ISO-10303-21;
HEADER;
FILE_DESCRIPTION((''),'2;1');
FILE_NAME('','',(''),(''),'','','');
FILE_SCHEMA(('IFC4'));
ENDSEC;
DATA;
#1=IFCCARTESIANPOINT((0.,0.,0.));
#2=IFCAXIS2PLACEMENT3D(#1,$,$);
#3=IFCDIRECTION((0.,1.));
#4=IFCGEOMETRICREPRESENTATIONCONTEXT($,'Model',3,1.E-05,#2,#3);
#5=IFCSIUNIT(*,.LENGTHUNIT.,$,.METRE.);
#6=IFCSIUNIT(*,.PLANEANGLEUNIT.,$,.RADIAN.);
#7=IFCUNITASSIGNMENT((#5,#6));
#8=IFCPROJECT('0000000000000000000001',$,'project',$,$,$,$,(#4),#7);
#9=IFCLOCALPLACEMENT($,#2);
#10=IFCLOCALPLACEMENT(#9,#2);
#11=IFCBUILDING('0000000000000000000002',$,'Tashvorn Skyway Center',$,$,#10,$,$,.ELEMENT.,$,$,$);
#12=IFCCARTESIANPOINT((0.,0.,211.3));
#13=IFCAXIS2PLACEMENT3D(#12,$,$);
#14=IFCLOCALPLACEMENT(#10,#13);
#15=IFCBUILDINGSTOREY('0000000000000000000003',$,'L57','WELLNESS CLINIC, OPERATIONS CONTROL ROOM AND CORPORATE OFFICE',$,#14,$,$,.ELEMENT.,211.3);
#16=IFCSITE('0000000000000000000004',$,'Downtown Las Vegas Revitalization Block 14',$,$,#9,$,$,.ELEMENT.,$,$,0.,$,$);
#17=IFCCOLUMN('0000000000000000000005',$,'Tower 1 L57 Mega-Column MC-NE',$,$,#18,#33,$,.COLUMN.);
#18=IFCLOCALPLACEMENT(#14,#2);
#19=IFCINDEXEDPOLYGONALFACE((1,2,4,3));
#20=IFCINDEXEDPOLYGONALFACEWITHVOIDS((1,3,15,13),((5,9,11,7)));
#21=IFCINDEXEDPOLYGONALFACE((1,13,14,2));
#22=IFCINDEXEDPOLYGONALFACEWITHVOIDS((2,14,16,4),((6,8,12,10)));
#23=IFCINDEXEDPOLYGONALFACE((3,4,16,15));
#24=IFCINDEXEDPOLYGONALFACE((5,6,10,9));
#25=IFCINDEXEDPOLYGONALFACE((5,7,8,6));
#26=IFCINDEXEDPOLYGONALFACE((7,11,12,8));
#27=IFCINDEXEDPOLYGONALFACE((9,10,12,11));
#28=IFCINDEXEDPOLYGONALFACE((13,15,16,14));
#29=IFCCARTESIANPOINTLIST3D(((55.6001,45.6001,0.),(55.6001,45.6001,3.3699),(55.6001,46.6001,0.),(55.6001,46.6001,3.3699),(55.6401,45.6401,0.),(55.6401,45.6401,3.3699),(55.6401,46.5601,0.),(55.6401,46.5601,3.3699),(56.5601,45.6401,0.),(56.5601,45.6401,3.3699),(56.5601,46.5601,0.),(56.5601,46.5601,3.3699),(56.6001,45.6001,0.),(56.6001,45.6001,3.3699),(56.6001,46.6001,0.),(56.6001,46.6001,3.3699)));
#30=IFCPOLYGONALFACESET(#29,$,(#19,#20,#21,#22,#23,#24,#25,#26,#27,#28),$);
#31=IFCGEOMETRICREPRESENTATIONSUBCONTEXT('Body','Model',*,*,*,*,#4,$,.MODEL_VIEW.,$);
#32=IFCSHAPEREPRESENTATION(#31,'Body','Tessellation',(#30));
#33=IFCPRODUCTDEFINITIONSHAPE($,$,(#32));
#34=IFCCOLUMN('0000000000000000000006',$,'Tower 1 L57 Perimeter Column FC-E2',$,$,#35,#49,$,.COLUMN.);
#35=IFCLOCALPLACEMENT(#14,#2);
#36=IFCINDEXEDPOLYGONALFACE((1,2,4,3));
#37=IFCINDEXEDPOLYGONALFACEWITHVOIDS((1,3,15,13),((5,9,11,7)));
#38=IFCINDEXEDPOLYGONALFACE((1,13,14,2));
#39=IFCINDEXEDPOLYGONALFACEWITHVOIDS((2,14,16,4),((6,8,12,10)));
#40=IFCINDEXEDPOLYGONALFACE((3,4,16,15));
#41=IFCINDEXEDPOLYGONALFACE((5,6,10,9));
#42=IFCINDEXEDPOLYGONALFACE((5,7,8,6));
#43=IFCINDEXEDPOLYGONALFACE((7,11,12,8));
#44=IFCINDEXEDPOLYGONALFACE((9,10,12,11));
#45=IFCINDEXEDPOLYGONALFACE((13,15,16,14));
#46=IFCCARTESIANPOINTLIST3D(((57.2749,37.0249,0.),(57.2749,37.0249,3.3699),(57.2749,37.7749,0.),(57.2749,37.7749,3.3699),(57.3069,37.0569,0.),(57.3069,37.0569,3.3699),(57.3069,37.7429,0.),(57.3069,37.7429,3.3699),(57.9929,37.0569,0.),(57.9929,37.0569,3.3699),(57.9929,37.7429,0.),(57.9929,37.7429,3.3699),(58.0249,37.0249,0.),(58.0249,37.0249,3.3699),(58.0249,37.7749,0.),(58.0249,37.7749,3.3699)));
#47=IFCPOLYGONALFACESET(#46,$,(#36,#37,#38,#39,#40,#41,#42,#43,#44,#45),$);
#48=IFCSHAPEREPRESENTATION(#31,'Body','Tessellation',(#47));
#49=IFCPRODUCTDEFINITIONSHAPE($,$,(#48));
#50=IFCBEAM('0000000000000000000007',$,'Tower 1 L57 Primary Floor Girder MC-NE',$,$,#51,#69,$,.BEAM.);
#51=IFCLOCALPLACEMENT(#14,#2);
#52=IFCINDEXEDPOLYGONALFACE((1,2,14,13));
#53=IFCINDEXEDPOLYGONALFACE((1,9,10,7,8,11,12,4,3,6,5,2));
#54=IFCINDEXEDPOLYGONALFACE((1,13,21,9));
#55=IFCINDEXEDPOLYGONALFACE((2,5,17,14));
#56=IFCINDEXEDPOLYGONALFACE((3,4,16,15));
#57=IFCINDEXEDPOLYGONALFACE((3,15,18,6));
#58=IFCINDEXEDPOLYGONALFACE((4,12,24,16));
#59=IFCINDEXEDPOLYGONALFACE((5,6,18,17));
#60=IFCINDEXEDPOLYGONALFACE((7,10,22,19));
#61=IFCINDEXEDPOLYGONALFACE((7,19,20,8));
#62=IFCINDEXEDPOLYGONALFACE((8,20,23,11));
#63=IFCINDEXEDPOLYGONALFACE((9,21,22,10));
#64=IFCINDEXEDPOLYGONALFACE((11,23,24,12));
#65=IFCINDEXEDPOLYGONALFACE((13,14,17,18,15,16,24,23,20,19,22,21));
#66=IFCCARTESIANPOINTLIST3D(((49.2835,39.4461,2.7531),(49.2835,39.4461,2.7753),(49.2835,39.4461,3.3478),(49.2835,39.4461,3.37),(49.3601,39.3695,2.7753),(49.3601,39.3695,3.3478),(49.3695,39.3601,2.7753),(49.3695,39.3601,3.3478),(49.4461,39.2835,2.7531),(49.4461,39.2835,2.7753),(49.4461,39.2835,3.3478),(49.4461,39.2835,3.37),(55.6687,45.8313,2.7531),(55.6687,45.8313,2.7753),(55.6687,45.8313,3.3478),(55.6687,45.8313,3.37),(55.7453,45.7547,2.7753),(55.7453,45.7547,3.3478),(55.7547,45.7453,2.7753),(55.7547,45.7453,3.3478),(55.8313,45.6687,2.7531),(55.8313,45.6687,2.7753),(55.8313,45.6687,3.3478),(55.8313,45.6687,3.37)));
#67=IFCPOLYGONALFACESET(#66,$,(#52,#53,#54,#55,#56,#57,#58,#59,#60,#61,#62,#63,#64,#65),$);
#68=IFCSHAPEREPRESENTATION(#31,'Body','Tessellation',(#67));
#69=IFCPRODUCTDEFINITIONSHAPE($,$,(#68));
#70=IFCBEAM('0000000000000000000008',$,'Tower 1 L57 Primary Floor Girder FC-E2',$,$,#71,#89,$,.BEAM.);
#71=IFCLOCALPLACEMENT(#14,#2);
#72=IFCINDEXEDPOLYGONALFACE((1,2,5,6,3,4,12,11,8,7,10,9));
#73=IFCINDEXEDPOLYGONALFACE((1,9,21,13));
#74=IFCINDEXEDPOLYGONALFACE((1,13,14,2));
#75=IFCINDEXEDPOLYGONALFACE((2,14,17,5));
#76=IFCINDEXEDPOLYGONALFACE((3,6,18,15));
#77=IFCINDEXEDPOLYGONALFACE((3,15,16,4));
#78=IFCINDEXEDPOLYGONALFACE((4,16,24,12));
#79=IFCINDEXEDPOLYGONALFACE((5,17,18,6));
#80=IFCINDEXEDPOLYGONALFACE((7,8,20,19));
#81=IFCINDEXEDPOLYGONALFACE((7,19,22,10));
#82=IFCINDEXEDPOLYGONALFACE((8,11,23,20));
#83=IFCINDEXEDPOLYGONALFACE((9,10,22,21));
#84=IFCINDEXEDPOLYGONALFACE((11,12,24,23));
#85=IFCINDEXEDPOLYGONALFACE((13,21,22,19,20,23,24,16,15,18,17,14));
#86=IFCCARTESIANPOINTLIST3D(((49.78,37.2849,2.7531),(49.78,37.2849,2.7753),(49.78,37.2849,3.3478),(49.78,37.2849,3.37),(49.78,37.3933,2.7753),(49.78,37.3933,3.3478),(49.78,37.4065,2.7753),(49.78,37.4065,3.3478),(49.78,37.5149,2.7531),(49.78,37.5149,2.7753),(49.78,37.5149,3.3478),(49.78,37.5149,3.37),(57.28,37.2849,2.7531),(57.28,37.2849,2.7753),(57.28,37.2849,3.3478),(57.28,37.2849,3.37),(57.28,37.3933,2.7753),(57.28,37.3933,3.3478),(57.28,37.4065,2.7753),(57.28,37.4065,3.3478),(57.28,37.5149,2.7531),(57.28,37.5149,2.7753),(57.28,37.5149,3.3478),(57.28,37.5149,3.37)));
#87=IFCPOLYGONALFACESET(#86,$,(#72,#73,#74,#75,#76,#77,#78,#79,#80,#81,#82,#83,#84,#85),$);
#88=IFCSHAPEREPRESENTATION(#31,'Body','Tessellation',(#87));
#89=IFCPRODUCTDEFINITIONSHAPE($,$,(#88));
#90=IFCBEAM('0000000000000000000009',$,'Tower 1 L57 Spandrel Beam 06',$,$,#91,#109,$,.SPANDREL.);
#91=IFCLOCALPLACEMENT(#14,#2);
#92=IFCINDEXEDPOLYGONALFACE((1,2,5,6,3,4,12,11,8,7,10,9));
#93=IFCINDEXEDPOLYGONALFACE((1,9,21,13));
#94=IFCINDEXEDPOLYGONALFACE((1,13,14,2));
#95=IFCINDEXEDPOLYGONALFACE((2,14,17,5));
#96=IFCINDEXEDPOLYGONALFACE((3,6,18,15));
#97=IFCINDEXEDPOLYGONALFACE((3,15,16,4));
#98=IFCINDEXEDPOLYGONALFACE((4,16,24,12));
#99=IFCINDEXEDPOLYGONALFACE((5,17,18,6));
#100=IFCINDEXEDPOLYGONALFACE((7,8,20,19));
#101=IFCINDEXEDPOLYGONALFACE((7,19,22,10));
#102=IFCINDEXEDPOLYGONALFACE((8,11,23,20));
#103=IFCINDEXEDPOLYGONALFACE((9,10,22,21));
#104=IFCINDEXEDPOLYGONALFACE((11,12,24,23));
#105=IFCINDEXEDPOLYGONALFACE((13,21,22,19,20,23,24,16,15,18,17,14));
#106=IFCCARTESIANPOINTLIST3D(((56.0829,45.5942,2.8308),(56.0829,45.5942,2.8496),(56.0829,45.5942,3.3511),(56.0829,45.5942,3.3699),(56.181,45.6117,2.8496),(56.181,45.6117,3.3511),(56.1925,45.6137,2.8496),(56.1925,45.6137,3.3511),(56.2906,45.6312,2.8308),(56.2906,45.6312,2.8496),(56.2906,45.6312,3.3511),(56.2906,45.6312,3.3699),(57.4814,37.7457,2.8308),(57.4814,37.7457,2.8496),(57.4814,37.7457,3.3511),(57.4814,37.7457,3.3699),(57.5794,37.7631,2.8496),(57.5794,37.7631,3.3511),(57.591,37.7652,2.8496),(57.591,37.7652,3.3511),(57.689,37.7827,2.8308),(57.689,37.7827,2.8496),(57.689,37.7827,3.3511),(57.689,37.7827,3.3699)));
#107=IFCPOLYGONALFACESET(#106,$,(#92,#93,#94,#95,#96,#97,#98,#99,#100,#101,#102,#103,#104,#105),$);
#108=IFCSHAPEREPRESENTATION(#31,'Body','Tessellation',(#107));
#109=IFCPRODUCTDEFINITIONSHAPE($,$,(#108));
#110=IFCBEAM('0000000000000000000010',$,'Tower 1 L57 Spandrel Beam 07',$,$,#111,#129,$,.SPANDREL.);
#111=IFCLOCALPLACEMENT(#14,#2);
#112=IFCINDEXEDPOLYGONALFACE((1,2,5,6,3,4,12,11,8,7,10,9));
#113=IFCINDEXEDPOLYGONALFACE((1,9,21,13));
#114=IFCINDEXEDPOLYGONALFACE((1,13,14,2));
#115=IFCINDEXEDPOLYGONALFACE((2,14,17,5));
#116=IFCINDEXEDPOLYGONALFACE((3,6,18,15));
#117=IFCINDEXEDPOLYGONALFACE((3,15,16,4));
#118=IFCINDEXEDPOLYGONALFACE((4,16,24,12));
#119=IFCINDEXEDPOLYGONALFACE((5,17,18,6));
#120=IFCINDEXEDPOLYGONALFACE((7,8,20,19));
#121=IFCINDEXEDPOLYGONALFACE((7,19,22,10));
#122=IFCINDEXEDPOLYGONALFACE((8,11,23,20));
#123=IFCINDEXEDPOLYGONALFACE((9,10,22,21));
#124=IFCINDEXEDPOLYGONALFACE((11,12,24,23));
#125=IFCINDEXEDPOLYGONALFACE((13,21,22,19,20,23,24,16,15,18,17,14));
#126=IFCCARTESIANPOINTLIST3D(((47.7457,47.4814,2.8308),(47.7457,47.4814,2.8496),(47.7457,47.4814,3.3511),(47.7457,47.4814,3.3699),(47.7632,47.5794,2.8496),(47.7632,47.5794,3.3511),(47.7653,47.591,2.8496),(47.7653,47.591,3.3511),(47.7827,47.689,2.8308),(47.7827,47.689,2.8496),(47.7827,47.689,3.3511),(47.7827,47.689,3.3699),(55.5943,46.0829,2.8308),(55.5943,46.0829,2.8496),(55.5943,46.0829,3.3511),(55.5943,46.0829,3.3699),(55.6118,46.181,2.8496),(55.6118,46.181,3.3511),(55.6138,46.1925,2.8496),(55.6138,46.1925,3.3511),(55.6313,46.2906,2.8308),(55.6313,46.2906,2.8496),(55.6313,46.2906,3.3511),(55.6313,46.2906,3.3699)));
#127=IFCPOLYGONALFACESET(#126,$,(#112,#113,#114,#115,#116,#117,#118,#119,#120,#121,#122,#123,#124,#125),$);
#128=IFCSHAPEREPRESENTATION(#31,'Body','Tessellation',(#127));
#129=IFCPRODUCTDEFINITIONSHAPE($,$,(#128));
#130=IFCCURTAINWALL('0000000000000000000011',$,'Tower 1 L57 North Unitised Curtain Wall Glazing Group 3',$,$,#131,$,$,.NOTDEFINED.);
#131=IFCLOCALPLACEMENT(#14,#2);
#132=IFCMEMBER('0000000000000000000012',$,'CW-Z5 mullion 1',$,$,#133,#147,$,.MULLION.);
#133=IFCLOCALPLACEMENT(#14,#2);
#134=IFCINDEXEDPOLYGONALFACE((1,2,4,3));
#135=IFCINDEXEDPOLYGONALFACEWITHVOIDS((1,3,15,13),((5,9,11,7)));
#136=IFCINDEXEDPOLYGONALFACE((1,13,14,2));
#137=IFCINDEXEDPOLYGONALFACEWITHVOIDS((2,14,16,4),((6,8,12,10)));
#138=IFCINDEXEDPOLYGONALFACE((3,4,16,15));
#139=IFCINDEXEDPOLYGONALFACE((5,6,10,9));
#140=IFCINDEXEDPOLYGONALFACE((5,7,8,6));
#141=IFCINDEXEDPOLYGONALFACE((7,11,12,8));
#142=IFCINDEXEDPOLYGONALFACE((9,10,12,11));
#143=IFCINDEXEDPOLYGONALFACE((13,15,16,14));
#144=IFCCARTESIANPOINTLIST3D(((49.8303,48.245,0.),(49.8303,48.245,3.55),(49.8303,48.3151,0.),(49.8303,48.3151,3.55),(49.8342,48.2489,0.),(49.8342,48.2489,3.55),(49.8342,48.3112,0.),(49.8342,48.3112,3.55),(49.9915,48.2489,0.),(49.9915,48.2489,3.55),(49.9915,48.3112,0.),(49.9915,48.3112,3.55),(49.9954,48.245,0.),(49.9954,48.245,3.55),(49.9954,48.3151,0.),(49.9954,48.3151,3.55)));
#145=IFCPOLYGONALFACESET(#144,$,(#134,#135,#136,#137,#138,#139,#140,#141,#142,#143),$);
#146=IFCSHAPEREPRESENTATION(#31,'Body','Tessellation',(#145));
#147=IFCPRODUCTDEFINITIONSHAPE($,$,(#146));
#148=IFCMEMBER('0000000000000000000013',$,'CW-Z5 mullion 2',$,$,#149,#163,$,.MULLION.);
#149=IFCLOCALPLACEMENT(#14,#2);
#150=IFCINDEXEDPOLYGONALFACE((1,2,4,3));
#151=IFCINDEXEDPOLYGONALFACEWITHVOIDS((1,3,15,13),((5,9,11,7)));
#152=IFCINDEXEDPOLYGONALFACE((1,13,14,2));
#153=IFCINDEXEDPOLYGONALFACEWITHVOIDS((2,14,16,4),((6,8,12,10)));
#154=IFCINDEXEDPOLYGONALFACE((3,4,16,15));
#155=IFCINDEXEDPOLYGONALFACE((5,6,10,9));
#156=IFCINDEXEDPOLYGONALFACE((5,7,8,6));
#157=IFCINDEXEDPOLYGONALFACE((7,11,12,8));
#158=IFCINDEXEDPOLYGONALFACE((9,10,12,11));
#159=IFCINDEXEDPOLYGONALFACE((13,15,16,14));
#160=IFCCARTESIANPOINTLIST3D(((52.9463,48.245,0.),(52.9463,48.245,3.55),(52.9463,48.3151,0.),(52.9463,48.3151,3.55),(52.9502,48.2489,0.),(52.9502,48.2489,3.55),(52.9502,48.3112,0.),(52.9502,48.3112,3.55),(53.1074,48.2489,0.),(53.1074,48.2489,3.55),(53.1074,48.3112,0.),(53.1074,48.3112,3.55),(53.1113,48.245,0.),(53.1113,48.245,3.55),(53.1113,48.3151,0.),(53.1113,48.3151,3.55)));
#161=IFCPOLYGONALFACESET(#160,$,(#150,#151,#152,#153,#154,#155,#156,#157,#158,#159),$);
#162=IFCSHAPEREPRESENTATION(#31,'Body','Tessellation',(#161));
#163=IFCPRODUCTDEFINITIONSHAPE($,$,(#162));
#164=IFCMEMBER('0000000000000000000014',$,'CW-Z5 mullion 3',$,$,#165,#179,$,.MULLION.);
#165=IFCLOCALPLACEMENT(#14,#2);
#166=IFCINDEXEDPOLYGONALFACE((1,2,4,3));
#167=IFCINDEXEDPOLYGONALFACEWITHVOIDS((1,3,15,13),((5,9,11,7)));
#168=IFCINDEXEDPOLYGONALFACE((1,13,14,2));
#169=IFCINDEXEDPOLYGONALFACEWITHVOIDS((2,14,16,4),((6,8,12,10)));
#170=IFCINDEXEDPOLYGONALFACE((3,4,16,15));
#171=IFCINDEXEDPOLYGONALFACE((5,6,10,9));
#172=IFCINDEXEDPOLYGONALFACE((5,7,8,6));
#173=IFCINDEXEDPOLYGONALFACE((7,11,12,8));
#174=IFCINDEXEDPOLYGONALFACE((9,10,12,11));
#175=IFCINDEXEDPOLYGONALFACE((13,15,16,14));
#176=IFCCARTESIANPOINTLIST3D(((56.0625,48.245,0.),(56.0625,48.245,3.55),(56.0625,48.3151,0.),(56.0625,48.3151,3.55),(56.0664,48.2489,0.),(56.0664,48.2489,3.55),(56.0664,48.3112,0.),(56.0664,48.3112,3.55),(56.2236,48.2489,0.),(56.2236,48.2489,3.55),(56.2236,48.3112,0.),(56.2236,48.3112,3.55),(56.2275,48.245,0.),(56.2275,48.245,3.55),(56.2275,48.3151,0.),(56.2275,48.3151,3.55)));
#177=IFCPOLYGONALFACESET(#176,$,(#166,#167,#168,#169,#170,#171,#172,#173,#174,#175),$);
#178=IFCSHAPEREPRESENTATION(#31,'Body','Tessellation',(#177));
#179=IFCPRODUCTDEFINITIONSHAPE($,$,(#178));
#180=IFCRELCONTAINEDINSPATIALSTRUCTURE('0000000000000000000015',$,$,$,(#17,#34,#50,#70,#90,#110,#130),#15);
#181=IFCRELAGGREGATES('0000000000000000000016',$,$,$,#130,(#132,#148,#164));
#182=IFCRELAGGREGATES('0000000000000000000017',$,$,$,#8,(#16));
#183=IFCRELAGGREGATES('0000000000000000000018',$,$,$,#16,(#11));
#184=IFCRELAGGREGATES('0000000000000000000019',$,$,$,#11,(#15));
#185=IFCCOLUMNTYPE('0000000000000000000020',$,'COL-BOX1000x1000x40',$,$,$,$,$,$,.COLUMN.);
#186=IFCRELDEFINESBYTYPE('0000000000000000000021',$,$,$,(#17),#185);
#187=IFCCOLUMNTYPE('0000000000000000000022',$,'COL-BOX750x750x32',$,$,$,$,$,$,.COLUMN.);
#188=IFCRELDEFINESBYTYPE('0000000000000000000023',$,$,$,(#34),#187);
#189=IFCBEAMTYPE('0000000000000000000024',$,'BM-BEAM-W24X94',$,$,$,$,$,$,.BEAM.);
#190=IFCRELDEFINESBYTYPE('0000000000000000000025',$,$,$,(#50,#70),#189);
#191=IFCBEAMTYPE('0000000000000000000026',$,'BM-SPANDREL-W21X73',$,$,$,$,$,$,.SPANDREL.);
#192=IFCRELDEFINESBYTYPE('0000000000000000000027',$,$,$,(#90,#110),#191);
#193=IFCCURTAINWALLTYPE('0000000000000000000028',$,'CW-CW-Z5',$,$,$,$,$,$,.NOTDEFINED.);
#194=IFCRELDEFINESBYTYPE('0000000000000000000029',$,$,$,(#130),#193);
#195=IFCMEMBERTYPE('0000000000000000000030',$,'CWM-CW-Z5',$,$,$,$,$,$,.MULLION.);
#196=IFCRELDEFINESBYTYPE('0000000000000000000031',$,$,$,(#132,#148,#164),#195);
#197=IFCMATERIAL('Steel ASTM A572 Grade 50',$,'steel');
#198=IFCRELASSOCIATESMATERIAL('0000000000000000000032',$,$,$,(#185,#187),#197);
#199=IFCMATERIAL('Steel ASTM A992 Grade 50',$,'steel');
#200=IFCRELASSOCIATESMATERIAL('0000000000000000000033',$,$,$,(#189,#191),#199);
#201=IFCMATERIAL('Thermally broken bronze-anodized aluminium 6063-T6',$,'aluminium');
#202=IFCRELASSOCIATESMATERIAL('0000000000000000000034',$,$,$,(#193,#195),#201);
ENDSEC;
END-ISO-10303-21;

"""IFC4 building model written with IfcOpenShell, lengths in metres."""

from ifc_helpers import new_model, si_unit, direction, frame, origin, origin_2d, place, context, subcontext, project, spatial, hollow_rectangle, i_section, extrude, material, material_profile, profile_set, type_object, element, aggregate, save


model = new_model("IFC4")

# Units and contexts
model_context = context("Model", 3, precision=1e-05, world=origin(), true_north=direction((0.0, 1.0)))
body_context = subcontext(model_context, "Body", "Model", "MODEL_VIEW")
ifc_project = project(units=[si_unit("LENGTHUNIT", "METRE"), si_unit("PLANEANGLEUNIT", "RADIAN")], contexts=[model_context])

# Site, building, storey
site_placement = place(None, origin())
site = spatial("IfcSite", under=ifc_project, at=site_placement, Name="Downtown Las Vegas Revitalization Block 14", CompositionType="ELEMENT", RefElevation=0.0)
building_placement = place(site_placement, origin())
building = spatial("IfcBuilding", under=site, at=building_placement, Name="Tashvorn Skyway Center", CompositionType="ELEMENT")
storey_placement = place(building_placement, frame((0.0, 0.0, 211.3)))
storey = spatial("IfcBuildingStorey", under=building, at=storey_placement, Name="L57", Description="WELLNESS CLINIC, OPERATIONS CONTROL ROOM AND CORPORATE OFFICE", CompositionType="ELEMENT", Elevation=211.3)

# Columns
ifc_material_1 = material(Name="Steel ASTM A572 Grade 50", Category="steel")
ifc_material_profile_1 = material_profile(ifc_material_1, hollow_rectangle(XDim=1.0, YDim=1.0, WallThickness=0.04, at=origin_2d()), Name="BOX1000x1000x40")
ifc_profile_set_1 = profile_set([ifc_material_profile_1], Name="Steel ASTM A572 Grade 50")
column_type_1 = type_object("IfcColumnType", Name="COL-BOX1000x1000x40", PredefinedType="COLUMN", material=ifc_profile_set_1)
column_1_placement = place(storey_placement, frame((56.1001, 46.1001, 0.0), z_axis=(0.0, 0.0, 1.0), x_axis=(1.0, 0.0, 0.0)))
element("IfcColumn", 1, at=column_1_placement, inside=storey, type_object=column_type_1, Name="Tower 1 L57 Mega-Column MC-NE", PredefinedType="COLUMN", context=body_context, shape_type="SweptSolid", body=[
    extrude(hollow_rectangle(XDim=1.0, YDim=1.0, WallThickness=0.04, at=origin_2d()), origin(), (0.0, 0.0, 1.0), 3.3699),
])
ifc_material_profile_2 = material_profile(ifc_material_1, hollow_rectangle(XDim=0.75, YDim=0.75, WallThickness=0.032, at=origin_2d()), Name="BOX750x750x32")
ifc_profile_set_2 = profile_set([ifc_material_profile_2], Name="Steel ASTM A572 Grade 50")
column_type_2 = type_object("IfcColumnType", Name="COL-BOX750x750x32", PredefinedType="COLUMN", material=ifc_profile_set_2)
column_2_placement = place(storey_placement, frame((57.6499, 37.3999, 0.0), z_axis=(0.0, 0.0, 1.0), x_axis=(1.0, 0.0, 0.0)))
element("IfcColumn", 2, at=column_2_placement, inside=storey, type_object=column_type_2, Name="Tower 1 L57 Perimeter Column FC-E2", PredefinedType="COLUMN", context=body_context, shape_type="SweptSolid", body=[
    extrude(hollow_rectangle(XDim=0.75, YDim=0.75, WallThickness=0.032, at=origin_2d()), origin(), (0.0, 0.0, 1.0), 3.3699),
])

# Beams
ifc_material_2 = material(Name="Steel ASTM A992 Grade 50", Category="steel")
ifc_material_profile_3 = material_profile(ifc_material_2, i_section(OverallWidth=0.23, OverallDepth=0.6169, WebThickness=0.0132, FlangeThickness=0.0222, at=origin_2d()), Name="W24X94")
ifc_profile_set_3 = profile_set([ifc_material_profile_3], Name="Steel ASTM A992 Grade 50")
beam_type_1 = type_object("IfcBeamType", Name="BM-BEAM-W24X94", PredefinedType="BEAM", material=ifc_profile_set_3)
beam_1_placement = place(storey_placement, frame((55.75, 45.75, 3.0615), z_axis=(-0.707107, -0.707107, 0.0), x_axis=(0.707107, -0.707107, 0.0)))
element("IfcBeam", 3, at=beam_1_placement, inside=storey, type_object=beam_type_1, Name="Tower 1 L57 Primary Floor Girder MC-NE", PredefinedType="BEAM", context=body_context, shape_type="SweptSolid", body=[
    extrude(i_section(OverallWidth=0.23, OverallDepth=0.6169, WebThickness=0.0132, FlangeThickness=0.0222, at=origin_2d()), origin(), (0.0, 0.0, 1.0), 9.03),
])
beam_2_placement = place(storey_placement, frame((57.28, 37.3999, 3.0615), z_axis=(-1.0, 0.0, 0.0), x_axis=(0.0, -1.0, 0.0)))
element("IfcBeam", 4, at=beam_2_placement, inside=storey, type_object=beam_type_1, Name="Tower 1 L57 Primary Floor Girder FC-E2", PredefinedType="BEAM", context=body_context, shape_type="SweptSolid", body=[
    extrude(i_section(OverallWidth=0.23, OverallDepth=0.6169, WebThickness=0.0132, FlangeThickness=0.0222, at=origin_2d()), origin(), (0.0, 0.0, 1.0), 7.5),
])
ifc_material_profile_4 = material_profile(ifc_material_2, i_section(OverallWidth=0.2109, OverallDepth=0.5391, WebThickness=0.0117, FlangeThickness=0.0188, at=origin_2d()), Name="W21X73")
ifc_profile_set_4 = profile_set([ifc_material_profile_4], Name="Steel ASTM A992 Grade 50")
beam_type_2 = type_object("IfcBeamType", Name="BM-SPANDREL-W21X73", PredefinedType="SPANDREL", material=ifc_profile_set_4)
for number, where, z_axis, x_axis, name in (
    (5, (57.5852, 37.7642, 3.1003), (-0.175413, 0.984495, 0.0), (-0.984495, -0.175413, 0.0), "Tower 1 L57 Spandrel Beam 06"),
    (6, (55.6128, 46.1868, 3.1003), (-0.984495, 0.175413, 0.0), (-0.175413, -0.984495, 0.0), "Tower 1 L57 Spandrel Beam 07"),
):
    element("IfcBeam", number, at=place(storey_placement, frame(where, z_axis=z_axis, x_axis=x_axis)), inside=storey, type_object=beam_type_2, Name=name, PredefinedType="SPANDREL", context=body_context, shape_type="SweptSolid", body=[
        extrude(i_section(OverallWidth=0.2109, OverallDepth=0.5391, WebThickness=0.0117, FlangeThickness=0.0188, at=origin_2d()), origin(), (0.0, 0.0, 1.0), 7.9722),
    ])

# Curtain wall, members
ifc_material_3 = material(Name="Thermally broken bronze-anodized aluminium 6063-T6", Category="aluminium")
curtain_wall_type = type_object("IfcCurtainWallType", Name="CW-CW-Z5", PredefinedType="NOTDEFINED", material=ifc_material_3)
curtain_wall_1_placement = place(storey_placement, origin())
curtain_wall_1 = element("IfcCurtainWall", 7, at=curtain_wall_1_placement, inside=storey, type_object=curtain_wall_type, Name="Tower 1 L57 North Unitised Curtain Wall Glazing Group 3", PredefinedType="NOTDEFINED")
ifc_material_profile_5 = material_profile(ifc_material_3, hollow_rectangle(XDim=0.0701, YDim=0.165, WallThickness=0.0039, at=origin_2d()), Name="ALU-MULL-70x165")
ifc_profile_set_5 = profile_set([ifc_material_profile_5], Name="Thermally broken bronze-anodized aluminium 6063-T6")
member_type_1 = type_object("IfcMemberType", Name="CWM-CW-Z5", PredefinedType="MULLION", material=ifc_profile_set_5)
member_1_placement = place(storey_placement, frame((49.9128, 48.28, 0.0), z_axis=(0.0, 0.0, 1.0), x_axis=(0.0, 1.0, 0.0)))
member_1 = element("IfcMember", 8, at=member_1_placement, type_object=member_type_1, Name="CW-Z5 mullion 1", PredefinedType="MULLION", context=body_context, shape_type="SweptSolid", body=[
    extrude(hollow_rectangle(XDim=0.0701, YDim=0.165, WallThickness=0.0039, at=origin_2d()), origin(), (0.0, 0.0, 1.0), 3.55),
])
member_2_placement = place(storey_placement, frame((53.0288, 48.28, 0.0), z_axis=(0.0, 0.0, 1.0), x_axis=(0.0, 1.0, 0.0)))
member_2 = element("IfcMember", 9, at=member_2_placement, type_object=member_type_1, Name="CW-Z5 mullion 2", PredefinedType="MULLION", context=body_context, shape_type="SweptSolid", body=[
    extrude(hollow_rectangle(XDim=0.0701, YDim=0.165, WallThickness=0.0039, at=origin_2d()), origin(), (0.0, 0.0, 1.0), 3.55),
])
member_3_placement = place(storey_placement, frame((56.145, 48.28, 0.0), z_axis=(0.0, 0.0, 1.0), x_axis=(0.0, 1.0, 0.0)))
member_3 = element("IfcMember", 10, at=member_3_placement, type_object=member_type_1, Name="CW-Z5 mullion 3", PredefinedType="MULLION", context=body_context, shape_type="SweptSolid", body=[
    extrude(hollow_rectangle(XDim=0.0701, YDim=0.165, WallThickness=0.0039, at=origin_2d()), origin(), (0.0, 0.0, 1.0), 3.55),
])

aggregate(curtain_wall_1, [member_1, member_2, member_3])

save(model, "model.ifc")
